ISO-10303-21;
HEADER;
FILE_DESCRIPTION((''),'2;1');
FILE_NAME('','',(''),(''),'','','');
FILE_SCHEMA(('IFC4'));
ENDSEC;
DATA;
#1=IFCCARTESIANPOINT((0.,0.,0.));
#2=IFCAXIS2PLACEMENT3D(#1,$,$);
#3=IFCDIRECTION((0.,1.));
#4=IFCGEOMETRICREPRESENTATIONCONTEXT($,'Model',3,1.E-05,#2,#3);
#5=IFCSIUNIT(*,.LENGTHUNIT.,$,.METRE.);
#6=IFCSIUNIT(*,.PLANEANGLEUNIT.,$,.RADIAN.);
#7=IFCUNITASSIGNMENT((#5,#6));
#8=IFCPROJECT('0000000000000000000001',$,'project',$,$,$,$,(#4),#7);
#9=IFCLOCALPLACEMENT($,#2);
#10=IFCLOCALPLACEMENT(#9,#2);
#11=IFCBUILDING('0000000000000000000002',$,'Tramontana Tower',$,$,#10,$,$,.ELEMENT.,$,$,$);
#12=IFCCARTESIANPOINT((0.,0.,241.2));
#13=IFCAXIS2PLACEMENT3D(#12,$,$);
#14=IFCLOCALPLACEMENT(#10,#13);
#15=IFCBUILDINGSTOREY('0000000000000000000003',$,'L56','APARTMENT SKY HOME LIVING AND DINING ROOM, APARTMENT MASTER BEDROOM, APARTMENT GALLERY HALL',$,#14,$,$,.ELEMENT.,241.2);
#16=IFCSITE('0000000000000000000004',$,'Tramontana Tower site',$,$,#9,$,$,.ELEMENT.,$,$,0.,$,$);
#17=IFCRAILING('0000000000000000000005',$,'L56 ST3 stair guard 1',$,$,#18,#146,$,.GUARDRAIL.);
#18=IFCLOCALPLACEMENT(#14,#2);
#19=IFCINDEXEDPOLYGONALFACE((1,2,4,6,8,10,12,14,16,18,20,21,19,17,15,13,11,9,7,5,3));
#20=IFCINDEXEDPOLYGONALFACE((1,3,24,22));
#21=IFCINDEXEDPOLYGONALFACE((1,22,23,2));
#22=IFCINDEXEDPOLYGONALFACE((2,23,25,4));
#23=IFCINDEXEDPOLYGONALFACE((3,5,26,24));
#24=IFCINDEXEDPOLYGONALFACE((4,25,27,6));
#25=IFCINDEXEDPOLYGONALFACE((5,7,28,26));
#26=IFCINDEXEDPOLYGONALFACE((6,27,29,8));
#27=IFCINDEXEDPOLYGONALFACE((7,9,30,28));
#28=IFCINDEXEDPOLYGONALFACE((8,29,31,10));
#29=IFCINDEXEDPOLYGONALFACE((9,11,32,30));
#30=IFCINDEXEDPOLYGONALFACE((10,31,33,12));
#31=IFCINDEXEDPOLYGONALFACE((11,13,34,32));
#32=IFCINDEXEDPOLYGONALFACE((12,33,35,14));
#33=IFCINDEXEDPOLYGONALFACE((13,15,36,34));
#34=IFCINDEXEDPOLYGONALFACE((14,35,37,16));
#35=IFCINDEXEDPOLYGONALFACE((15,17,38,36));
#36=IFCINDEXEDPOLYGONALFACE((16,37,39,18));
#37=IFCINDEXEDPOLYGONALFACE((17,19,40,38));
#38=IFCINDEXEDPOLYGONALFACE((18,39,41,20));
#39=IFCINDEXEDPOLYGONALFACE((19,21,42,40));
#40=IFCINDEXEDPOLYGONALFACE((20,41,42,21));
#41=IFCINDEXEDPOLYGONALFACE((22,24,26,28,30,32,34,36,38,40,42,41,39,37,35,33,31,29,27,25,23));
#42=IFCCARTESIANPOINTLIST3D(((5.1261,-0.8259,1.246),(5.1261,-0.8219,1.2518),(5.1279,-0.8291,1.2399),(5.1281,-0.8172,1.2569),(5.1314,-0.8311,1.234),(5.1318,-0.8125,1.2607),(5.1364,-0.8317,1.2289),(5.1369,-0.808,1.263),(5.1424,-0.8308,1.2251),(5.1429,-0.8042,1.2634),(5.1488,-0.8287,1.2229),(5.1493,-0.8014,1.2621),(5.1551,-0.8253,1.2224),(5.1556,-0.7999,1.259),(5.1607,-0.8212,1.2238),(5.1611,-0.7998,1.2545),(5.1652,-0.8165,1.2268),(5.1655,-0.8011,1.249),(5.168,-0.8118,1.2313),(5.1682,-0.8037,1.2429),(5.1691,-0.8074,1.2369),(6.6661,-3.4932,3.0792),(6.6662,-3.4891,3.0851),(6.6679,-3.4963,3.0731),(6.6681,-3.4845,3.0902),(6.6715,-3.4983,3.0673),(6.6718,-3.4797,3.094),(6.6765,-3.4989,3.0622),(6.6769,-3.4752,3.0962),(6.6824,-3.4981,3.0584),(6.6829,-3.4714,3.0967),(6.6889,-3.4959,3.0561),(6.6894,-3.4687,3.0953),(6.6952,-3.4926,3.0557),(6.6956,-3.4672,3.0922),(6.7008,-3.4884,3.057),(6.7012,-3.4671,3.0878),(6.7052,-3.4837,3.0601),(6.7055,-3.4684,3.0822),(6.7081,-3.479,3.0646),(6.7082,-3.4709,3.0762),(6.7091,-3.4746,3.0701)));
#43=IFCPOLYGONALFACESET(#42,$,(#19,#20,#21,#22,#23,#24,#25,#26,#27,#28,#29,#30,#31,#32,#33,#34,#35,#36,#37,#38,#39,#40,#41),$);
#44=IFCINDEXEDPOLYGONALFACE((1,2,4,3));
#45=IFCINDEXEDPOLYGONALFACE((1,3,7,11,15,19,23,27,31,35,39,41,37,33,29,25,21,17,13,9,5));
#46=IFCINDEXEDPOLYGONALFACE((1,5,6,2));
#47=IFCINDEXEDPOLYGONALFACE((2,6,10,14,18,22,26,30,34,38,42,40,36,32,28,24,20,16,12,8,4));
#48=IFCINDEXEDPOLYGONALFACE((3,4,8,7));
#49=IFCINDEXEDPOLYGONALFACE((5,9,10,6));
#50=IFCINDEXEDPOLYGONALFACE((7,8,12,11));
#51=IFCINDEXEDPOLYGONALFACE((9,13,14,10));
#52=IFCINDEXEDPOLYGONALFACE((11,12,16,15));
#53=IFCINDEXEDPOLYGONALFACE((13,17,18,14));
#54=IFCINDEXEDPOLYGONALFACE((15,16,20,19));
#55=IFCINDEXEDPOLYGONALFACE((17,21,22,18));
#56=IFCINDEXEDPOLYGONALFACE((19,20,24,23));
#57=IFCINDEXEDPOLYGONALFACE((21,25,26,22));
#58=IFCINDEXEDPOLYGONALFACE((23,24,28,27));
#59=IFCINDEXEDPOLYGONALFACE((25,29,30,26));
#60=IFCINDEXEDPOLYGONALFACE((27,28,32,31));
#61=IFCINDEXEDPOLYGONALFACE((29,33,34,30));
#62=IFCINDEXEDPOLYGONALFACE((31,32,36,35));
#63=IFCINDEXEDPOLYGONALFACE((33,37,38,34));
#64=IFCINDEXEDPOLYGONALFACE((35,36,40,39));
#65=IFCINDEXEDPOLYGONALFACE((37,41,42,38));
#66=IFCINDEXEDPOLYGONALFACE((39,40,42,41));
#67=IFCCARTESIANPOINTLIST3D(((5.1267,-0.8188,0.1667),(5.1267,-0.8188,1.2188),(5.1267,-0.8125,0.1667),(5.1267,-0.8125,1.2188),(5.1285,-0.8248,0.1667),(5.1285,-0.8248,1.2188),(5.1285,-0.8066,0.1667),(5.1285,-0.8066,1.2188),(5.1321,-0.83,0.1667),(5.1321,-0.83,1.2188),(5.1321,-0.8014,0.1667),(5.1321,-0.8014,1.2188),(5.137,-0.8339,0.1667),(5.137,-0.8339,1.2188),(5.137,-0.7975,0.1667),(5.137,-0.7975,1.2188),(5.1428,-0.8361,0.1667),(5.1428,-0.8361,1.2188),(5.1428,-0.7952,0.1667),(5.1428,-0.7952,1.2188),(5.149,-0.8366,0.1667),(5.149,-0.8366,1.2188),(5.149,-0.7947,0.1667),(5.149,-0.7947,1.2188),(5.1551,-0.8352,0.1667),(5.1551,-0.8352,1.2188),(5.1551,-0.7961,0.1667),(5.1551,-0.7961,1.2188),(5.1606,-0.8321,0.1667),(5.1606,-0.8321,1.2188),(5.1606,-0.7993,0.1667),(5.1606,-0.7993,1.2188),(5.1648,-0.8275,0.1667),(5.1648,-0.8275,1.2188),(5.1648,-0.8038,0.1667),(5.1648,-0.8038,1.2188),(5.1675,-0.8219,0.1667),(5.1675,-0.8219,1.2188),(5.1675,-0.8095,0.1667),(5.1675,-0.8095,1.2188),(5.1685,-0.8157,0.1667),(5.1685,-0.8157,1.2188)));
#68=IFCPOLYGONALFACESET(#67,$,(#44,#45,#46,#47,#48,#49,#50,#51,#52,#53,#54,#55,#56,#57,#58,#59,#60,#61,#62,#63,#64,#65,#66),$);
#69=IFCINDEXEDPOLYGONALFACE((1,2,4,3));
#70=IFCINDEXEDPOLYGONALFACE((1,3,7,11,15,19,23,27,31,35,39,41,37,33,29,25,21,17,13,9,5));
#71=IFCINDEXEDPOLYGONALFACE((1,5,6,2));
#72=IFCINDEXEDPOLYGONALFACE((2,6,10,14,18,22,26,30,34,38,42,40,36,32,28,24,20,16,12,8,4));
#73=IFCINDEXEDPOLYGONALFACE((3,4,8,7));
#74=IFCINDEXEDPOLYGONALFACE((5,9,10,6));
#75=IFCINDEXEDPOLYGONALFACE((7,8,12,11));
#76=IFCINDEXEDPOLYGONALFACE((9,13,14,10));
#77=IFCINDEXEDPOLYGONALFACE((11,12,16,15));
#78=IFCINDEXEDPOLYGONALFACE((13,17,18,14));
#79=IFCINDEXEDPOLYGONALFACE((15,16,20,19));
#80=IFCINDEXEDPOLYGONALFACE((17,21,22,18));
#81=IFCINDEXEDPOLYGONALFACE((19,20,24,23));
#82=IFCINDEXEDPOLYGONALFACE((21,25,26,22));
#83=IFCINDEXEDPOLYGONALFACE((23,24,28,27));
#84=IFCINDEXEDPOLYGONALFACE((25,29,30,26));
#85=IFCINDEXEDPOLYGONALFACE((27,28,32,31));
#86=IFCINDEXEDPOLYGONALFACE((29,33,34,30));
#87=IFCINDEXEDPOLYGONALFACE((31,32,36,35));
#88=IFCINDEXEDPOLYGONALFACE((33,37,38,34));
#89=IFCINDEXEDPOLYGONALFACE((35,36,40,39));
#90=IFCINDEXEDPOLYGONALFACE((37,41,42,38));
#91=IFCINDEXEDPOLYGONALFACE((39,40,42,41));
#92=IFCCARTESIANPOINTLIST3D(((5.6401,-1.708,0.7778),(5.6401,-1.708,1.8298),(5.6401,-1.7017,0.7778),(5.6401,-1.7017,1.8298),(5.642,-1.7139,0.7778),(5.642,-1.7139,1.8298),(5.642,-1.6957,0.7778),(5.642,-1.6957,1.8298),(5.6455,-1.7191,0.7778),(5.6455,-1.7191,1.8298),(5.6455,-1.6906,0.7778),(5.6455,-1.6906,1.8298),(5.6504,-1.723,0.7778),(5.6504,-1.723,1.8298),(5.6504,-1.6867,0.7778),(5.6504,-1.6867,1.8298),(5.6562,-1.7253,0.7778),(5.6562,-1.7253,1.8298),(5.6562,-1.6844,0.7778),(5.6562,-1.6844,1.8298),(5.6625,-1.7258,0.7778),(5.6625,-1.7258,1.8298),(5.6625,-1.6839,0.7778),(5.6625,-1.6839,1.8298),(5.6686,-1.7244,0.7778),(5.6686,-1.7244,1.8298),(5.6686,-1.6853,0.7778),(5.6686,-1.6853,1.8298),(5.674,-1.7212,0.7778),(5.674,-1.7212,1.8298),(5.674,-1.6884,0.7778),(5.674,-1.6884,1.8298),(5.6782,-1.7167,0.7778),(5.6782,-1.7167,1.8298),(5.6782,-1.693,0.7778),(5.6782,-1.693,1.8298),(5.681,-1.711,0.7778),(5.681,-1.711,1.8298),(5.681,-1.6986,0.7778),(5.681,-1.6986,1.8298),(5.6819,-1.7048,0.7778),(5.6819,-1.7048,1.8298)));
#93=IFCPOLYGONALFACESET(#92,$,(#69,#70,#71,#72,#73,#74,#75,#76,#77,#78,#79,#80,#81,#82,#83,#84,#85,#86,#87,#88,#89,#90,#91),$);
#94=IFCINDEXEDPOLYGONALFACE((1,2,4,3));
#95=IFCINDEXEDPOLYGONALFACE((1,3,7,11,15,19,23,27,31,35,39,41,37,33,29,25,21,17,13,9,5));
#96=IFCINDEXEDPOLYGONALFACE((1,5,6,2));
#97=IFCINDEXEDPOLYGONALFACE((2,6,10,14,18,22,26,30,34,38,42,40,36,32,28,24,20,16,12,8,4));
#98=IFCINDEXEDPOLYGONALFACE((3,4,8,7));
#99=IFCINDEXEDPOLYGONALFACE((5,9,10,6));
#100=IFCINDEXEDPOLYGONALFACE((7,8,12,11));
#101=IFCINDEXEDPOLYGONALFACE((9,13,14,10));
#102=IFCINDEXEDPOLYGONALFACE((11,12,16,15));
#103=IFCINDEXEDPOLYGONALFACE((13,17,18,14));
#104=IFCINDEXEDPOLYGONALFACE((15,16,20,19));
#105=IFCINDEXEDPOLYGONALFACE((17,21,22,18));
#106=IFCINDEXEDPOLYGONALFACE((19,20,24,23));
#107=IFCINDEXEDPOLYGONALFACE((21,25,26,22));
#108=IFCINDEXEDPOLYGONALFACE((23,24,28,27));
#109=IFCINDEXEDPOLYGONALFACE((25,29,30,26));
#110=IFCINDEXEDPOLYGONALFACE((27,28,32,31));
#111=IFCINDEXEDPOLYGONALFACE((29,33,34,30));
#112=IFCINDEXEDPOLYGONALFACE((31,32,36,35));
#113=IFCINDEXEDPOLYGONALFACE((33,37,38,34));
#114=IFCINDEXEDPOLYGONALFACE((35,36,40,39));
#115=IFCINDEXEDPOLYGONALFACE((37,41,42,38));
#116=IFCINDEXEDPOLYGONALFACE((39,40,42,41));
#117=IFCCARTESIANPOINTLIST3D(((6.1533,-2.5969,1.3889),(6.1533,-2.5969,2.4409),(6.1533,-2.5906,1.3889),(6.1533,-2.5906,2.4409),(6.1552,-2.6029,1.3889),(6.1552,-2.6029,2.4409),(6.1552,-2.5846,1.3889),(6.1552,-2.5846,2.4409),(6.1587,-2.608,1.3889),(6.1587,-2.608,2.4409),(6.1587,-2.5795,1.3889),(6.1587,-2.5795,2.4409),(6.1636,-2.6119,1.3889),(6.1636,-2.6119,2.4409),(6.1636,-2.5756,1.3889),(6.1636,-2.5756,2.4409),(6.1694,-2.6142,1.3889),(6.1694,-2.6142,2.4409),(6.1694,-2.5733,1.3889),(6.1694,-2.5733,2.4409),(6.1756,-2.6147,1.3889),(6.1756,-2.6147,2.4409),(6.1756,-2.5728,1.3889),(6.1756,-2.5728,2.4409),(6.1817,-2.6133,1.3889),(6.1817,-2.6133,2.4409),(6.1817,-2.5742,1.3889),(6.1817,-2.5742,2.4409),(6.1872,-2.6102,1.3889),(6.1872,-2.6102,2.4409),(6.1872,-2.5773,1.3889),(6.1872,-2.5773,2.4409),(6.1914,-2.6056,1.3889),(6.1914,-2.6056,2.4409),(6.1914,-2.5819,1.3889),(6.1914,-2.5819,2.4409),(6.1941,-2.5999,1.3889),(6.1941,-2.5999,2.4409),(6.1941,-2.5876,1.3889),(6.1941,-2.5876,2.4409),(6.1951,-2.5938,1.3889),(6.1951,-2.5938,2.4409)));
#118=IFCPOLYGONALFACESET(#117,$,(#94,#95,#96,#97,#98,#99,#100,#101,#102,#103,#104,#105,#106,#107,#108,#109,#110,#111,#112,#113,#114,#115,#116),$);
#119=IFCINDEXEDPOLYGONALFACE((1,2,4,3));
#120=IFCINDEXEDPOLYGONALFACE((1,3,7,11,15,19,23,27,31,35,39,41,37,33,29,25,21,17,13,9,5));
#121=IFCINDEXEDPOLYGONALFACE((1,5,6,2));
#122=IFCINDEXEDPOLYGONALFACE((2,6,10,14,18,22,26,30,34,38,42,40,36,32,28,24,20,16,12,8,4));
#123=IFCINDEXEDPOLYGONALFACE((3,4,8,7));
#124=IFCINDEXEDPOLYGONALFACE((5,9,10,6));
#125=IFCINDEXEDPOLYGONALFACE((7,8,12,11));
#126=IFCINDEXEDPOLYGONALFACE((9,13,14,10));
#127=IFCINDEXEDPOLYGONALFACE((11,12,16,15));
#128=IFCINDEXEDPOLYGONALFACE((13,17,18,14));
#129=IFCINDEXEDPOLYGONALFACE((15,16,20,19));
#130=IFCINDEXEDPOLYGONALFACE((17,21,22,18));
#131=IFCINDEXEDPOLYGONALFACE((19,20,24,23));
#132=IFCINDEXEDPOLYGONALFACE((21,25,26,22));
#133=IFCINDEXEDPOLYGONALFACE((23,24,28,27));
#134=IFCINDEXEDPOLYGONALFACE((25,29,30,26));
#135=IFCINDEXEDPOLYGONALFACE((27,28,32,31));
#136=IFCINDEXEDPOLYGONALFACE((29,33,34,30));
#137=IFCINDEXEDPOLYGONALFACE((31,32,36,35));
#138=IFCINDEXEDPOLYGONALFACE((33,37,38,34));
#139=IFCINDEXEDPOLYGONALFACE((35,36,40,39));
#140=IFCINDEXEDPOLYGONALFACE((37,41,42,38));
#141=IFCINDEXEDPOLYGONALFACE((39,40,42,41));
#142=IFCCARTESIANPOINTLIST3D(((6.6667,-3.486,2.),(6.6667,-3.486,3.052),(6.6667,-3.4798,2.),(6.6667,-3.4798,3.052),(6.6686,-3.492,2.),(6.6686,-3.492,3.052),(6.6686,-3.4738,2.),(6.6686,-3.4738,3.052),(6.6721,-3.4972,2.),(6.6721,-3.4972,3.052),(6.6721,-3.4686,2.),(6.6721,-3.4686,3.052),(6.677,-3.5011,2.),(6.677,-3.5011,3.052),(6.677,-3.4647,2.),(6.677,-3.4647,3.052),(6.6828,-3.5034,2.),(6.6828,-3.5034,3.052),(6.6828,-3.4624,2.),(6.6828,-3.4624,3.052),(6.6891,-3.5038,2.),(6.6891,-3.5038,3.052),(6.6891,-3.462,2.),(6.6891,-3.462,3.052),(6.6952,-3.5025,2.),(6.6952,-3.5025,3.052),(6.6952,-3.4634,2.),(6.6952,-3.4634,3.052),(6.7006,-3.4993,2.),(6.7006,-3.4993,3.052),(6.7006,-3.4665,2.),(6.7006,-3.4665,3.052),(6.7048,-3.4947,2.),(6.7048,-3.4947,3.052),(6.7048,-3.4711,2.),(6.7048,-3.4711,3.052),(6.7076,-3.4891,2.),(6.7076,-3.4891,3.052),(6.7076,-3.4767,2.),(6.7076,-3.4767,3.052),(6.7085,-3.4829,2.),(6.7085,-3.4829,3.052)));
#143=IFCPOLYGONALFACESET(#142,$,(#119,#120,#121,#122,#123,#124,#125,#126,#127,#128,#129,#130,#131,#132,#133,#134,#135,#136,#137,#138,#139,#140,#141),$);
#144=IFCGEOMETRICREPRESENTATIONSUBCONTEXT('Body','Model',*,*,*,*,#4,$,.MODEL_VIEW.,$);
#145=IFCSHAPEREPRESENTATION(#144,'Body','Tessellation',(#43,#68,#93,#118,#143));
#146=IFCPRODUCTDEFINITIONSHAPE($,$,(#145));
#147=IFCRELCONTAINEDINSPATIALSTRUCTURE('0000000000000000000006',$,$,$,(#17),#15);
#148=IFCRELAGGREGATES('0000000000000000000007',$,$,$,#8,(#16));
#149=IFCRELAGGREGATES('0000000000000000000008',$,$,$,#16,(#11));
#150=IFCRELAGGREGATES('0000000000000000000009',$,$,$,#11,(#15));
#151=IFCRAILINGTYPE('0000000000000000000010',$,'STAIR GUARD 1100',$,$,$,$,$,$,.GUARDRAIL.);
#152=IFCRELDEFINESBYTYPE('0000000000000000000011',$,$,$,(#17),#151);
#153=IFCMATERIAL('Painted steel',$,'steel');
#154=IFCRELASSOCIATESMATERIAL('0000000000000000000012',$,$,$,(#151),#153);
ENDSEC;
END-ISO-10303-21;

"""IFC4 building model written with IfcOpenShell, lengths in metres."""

from ifc_helpers import new_model, si_unit, direction, frame, origin, origin_2d, place, context, subcontext, project, spatial, circle, extrude, material, type_object, element, save


model = new_model("IFC4")

# Units and contexts
model_context = context("Model", 3, precision=1e-05, world=origin(), true_north=direction((0.0, 1.0)))
body_context = subcontext(model_context, "Body", "Model", "MODEL_VIEW")
ifc_project = project(units=[si_unit("LENGTHUNIT", "METRE"), si_unit("PLANEANGLEUNIT", "RADIAN")], contexts=[model_context])

# Site, building, storey
site_placement = place(None, origin())
site = spatial("IfcSite", under=ifc_project, at=site_placement, Name="Tramontana Tower site", CompositionType="ELEMENT", RefElevation=0.0)
building_placement = place(site_placement, origin())
building = spatial("IfcBuilding", under=site, at=building_placement, Name="Tramontana Tower", CompositionType="ELEMENT")
storey_placement = place(building_placement, frame((0.0, 0.0, 241.2)))
storey = spatial("IfcBuildingStorey", under=building, at=storey_placement, Name="L56", Description="APARTMENT SKY HOME LIVING AND DINING ROOM, APARTMENT MASTER BEDROOM, APARTMENT GALLERY HALL", CompositionType="ELEMENT", Elevation=241.2)

# Railing
ifc_material_1 = material(Name="Painted steel", Category="steel")
railing_type_1 = type_object("IfcRailingType", Name="STAIR GUARD 1100", PredefinedType="GUARDRAIL", material=ifc_material_1)
railing_1_placement = place(storey_placement, frame((5.1475, -0.8157, 0.1667)))
element("IfcRailing", 1, at=railing_1_placement, inside=storey, type_object=railing_type_1, Name="L56 ST3 stair guard 1", PredefinedType="GUARDRAIL", context=body_context, shape_type="SweptSolid", body=[
    extrude(circle(Radius=0.0239, at=origin_2d()), frame((0.0, 0.0, 1.0762), z_axis=(0.429671, -0.744159, 0.511478), x_axis=(0.86601, 0.500027, 0.0)), (0.0, 0.0, 1.0), 3.5842),
    extrude(circle(Radius=0.021, at=origin_2d()), origin(), (0.0, 0.0, 1.0), 1.052),
    extrude(circle(Radius=0.021, at=origin_2d()), frame((0.5134, -0.8892, 0.6111)), (0.0, 0.0, 1.0), 1.052),
    extrude(circle(Radius=0.021, at=origin_2d()), frame((1.0266, -1.7781, 1.2222)), (0.0, 0.0, 1.0), 1.052),
    extrude(circle(Radius=0.021, at=origin_2d()), frame((1.54, -2.6672, 1.8333)), (0.0, 0.0, 1.0), 1.052),
])

save(model, "model.ifc")
